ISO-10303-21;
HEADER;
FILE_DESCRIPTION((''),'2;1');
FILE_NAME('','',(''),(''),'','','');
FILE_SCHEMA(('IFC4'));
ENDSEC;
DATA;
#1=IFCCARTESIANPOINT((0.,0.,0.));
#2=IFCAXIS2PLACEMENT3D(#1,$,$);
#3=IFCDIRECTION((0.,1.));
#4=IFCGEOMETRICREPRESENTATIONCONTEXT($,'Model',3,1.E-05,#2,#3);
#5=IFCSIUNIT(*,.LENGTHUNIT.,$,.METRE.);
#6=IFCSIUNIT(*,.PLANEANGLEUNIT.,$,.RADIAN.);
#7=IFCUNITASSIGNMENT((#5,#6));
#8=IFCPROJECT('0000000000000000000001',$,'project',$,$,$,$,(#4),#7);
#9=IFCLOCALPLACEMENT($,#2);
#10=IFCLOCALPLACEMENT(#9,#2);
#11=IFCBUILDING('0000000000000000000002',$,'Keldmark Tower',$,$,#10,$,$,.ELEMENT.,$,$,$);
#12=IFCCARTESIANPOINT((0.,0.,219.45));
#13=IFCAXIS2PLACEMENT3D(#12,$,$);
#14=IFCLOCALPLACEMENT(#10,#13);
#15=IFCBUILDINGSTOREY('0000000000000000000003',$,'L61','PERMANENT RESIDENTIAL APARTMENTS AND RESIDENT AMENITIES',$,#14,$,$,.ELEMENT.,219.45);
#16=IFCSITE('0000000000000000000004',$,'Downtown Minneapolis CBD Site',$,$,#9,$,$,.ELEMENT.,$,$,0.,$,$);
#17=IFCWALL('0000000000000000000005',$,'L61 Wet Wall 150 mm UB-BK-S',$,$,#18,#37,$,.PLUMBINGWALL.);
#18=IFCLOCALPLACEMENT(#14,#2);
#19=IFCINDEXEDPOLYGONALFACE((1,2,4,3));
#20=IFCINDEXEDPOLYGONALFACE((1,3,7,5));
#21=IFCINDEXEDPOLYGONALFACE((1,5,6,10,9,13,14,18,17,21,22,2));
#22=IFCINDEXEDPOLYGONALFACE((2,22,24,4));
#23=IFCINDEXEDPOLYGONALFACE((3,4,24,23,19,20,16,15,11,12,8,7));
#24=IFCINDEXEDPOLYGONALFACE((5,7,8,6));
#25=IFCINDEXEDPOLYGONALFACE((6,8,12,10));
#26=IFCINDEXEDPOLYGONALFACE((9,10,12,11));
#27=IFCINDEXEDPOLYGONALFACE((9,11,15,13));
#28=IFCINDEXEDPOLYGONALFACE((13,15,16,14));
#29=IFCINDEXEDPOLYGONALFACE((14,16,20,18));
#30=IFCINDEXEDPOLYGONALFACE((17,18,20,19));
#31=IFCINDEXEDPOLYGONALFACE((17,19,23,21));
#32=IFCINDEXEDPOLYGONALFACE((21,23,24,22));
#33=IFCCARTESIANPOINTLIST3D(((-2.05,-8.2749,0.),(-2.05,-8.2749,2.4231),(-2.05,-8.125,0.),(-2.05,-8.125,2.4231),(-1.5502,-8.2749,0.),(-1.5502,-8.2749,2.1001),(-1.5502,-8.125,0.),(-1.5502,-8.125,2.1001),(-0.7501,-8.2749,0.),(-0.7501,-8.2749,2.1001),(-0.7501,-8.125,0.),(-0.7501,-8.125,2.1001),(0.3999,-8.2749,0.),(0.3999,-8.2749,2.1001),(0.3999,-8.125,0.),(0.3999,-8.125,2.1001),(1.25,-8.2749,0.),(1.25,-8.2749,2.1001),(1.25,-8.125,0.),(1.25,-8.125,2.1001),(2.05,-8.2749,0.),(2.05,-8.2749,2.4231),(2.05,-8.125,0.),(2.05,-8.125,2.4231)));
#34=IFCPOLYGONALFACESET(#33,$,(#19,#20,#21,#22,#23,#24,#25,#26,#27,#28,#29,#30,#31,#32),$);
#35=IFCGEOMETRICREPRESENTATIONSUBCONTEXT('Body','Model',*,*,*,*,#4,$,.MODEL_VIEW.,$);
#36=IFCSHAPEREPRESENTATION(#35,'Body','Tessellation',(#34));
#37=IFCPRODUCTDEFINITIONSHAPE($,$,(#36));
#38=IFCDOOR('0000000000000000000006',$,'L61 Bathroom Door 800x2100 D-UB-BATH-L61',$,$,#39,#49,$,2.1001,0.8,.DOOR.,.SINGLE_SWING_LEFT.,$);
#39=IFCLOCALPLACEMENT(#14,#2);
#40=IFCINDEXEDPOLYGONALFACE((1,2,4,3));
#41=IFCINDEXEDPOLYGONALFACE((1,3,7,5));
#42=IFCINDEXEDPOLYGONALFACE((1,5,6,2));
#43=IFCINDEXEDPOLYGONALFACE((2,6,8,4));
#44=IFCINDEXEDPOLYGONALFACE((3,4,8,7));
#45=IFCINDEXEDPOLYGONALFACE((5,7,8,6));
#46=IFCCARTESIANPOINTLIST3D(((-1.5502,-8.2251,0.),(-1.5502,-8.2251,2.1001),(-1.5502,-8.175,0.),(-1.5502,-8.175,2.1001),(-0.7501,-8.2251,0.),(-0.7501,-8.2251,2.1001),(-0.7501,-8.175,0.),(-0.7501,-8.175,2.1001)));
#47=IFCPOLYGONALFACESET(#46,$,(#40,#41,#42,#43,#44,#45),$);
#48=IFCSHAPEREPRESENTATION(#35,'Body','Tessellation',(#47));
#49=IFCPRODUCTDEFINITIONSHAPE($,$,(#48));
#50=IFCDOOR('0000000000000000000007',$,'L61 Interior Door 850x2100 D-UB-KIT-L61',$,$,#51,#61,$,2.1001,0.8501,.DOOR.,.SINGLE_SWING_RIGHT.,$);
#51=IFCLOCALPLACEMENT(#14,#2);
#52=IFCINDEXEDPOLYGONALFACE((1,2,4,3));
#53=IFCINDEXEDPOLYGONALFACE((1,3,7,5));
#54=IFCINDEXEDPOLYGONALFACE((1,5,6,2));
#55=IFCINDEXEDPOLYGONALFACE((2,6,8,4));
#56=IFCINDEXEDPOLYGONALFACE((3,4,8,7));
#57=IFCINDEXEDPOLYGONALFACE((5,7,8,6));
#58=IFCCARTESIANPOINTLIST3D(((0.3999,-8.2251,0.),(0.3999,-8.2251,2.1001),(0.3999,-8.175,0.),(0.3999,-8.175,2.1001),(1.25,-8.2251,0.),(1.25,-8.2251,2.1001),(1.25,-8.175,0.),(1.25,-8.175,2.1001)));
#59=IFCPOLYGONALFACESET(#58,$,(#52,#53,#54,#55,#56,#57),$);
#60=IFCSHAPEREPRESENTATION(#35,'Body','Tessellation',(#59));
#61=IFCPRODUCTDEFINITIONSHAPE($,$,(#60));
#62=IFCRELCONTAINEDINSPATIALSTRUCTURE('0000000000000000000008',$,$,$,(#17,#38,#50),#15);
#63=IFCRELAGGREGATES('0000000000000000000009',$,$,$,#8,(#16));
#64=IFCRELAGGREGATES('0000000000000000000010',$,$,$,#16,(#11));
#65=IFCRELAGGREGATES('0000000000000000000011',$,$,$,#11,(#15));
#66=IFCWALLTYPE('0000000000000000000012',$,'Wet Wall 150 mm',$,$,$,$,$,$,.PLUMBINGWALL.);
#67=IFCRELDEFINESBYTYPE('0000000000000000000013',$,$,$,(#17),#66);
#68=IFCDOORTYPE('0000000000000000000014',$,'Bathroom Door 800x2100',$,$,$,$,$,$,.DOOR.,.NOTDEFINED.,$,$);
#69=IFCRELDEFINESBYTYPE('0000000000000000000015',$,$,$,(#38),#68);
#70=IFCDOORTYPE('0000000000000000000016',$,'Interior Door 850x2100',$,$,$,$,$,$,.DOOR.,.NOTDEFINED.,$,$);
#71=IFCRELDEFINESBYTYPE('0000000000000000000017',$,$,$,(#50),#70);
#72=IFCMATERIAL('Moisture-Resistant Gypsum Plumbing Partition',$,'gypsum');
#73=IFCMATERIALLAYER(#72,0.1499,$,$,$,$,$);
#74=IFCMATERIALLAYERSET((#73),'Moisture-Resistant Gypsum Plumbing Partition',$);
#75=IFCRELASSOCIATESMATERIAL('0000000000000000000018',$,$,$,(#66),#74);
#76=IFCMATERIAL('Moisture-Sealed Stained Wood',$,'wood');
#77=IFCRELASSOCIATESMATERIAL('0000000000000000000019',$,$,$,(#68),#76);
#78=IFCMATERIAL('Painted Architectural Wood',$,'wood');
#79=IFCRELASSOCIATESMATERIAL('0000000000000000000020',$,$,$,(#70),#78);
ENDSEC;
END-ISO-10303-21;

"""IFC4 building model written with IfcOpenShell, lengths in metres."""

from ifc_helpers import new_model, si_unit, direction, frame, frame_2d, origin, place, context, subcontext, project, spatial, rectangle, extrude, material, layer, layer_set, type_object, element, fill, save


model = new_model("IFC4")

# Units and contexts
model_context = context("Model", 3, precision=1e-05, world=origin(), true_north=direction((0.0, 1.0)))
body_context = subcontext(model_context, "Body", "Model", "MODEL_VIEW")
ifc_project = project(units=[si_unit("LENGTHUNIT", "METRE"), si_unit("PLANEANGLEUNIT", "RADIAN")], contexts=[model_context])

# Site, building, storey
site_placement = place(None, origin())
site = spatial("IfcSite", under=ifc_project, at=site_placement, Name="Downtown Minneapolis CBD Site", CompositionType="ELEMENT", RefElevation=0.0)
building_placement = place(site_placement, origin())
building = spatial("IfcBuilding", under=site, at=building_placement, Name="Keldmark Tower", CompositionType="ELEMENT")
storey_placement = place(building_placement, frame((0.0, 0.0, 219.45)))
storey = spatial("IfcBuildingStorey", under=building, at=storey_placement, Name="L61", Description="PERMANENT RESIDENTIAL APARTMENTS AND RESIDENT AMENITIES", CompositionType="ELEMENT", Elevation=219.45)

# Wall, openings, doors
ifc_material_1 = material(Name="Moisture-Resistant Gypsum Plumbing Partition", Category="gypsum")
ifc_layer_1 = layer(ifc_material_1, 0.1499)
ifc_layer_set_1 = layer_set([ifc_layer_1], Name="Moisture-Resistant Gypsum Plumbing Partition")
wall_type_1 = type_object("IfcWallType", Name="Wet Wall 150 mm", PredefinedType="PLUMBINGWALL", material=ifc_layer_set_1)
wall_1_placement = place(storey_placement, frame((-2.05, -8.2, 0.0), z_axis=(0.0, 0.0, 1.0), x_axis=(1.0, 0.0, 0.0)))
wall_1 = element("IfcWall", 1, at=wall_1_placement, inside=storey, type_object=wall_type_1, Name="L61 Wet Wall 150 mm UB-BK-S", PredefinedType="PLUMBINGWALL", context=body_context, shape_type="SweptSolid", body=[
    extrude(rectangle(XDim=4.1001, YDim=0.1499, at=frame_2d((2.05, 0.0))), origin(), (0.0, 0.0, 1.0), 2.4231),
])
opening_1_placement = place(wall_1_placement, frame((0.5, 0.0, 0.0)))
opening_1 = element("IfcOpeningElement", 2, at=opening_1_placement, cuts=wall_1, PredefinedType="OPENING", context=body_context, shape_type="SweptSolid", body=[
    extrude(rectangle(XDim=0.8, YDim=2.1001, at=frame_2d((0.3999, 1.05))), frame((0.0, 0.085, 0.0), z_axis=(0.0, -1.0, 0.0), x_axis=(1.0, 0.0, 0.0)), (0.0, 0.0, 1.0), 0.1699),
])
opening_2_placement = place(wall_1_placement, frame((2.45, 0.0, 0.0)))
opening_2 = element("IfcOpeningElement", 3, at=opening_2_placement, cuts=wall_1, PredefinedType="OPENING", context=body_context, shape_type="SweptSolid", body=[
    extrude(rectangle(XDim=0.8501, YDim=2.1001, at=frame_2d((0.425, 1.05))), frame((0.0, 0.085, 0.0), z_axis=(0.0, -1.0, 0.0), x_axis=(1.0, 0.0, 0.0)), (0.0, 0.0, 1.0), 0.1699),
])
ifc_material_2 = material(Name="Moisture-Sealed Stained Wood", Category="wood")
door_type_1 = type_object("IfcDoorType", Name="Bathroom Door 800x2100", OperationType="NOTDEFINED", PredefinedType="DOOR", material=ifc_material_2)
door_1_placement = place(opening_1_placement, origin())
door_1 = element("IfcDoor", 4, at=door_1_placement, inside=storey, type_object=door_type_1, Name="L61 Bathroom Door 800x2100 D-UB-BATH-L61", OperationType="SINGLE_SWING_LEFT", OverallHeight=2.1001, OverallWidth=0.8, PredefinedType="DOOR", context=body_context, shape_type="SweptSolid", body=[
    extrude(rectangle(XDim=0.8, YDim=2.1001, at=frame_2d((0.3999, 1.05))), frame((0.0, 0.0249, 0.0), z_axis=(0.0, -1.0, 0.0), x_axis=(1.0, 0.0, 0.0)), (0.0, 0.0, 1.0), 0.05),
])
fill(opening_1, door_1)
ifc_material_3 = material(Name="Painted Architectural Wood", Category="wood")
door_type_2 = type_object("IfcDoorType", Name="Interior Door 850x2100", OperationType="NOTDEFINED", PredefinedType="DOOR", material=ifc_material_3)
door_2_placement = place(opening_2_placement, origin())
door_2 = element("IfcDoor", 5, at=door_2_placement, inside=storey, type_object=door_type_2, Name="L61 Interior Door 850x2100 D-UB-KIT-L61", OperationType="SINGLE_SWING_RIGHT", OverallHeight=2.1001, OverallWidth=0.8501, PredefinedType="DOOR", context=body_context, shape_type="SweptSolid", body=[
    extrude(rectangle(XDim=0.8501, YDim=2.1001, at=frame_2d((0.425, 1.05))), frame((0.0, 0.0249, 0.0), z_axis=(0.0, -1.0, 0.0), x_axis=(1.0, 0.0, 0.0)), (0.0, 0.0, 1.0), 0.05),
])
fill(opening_2, door_2)

save(model, "model.ifc")
